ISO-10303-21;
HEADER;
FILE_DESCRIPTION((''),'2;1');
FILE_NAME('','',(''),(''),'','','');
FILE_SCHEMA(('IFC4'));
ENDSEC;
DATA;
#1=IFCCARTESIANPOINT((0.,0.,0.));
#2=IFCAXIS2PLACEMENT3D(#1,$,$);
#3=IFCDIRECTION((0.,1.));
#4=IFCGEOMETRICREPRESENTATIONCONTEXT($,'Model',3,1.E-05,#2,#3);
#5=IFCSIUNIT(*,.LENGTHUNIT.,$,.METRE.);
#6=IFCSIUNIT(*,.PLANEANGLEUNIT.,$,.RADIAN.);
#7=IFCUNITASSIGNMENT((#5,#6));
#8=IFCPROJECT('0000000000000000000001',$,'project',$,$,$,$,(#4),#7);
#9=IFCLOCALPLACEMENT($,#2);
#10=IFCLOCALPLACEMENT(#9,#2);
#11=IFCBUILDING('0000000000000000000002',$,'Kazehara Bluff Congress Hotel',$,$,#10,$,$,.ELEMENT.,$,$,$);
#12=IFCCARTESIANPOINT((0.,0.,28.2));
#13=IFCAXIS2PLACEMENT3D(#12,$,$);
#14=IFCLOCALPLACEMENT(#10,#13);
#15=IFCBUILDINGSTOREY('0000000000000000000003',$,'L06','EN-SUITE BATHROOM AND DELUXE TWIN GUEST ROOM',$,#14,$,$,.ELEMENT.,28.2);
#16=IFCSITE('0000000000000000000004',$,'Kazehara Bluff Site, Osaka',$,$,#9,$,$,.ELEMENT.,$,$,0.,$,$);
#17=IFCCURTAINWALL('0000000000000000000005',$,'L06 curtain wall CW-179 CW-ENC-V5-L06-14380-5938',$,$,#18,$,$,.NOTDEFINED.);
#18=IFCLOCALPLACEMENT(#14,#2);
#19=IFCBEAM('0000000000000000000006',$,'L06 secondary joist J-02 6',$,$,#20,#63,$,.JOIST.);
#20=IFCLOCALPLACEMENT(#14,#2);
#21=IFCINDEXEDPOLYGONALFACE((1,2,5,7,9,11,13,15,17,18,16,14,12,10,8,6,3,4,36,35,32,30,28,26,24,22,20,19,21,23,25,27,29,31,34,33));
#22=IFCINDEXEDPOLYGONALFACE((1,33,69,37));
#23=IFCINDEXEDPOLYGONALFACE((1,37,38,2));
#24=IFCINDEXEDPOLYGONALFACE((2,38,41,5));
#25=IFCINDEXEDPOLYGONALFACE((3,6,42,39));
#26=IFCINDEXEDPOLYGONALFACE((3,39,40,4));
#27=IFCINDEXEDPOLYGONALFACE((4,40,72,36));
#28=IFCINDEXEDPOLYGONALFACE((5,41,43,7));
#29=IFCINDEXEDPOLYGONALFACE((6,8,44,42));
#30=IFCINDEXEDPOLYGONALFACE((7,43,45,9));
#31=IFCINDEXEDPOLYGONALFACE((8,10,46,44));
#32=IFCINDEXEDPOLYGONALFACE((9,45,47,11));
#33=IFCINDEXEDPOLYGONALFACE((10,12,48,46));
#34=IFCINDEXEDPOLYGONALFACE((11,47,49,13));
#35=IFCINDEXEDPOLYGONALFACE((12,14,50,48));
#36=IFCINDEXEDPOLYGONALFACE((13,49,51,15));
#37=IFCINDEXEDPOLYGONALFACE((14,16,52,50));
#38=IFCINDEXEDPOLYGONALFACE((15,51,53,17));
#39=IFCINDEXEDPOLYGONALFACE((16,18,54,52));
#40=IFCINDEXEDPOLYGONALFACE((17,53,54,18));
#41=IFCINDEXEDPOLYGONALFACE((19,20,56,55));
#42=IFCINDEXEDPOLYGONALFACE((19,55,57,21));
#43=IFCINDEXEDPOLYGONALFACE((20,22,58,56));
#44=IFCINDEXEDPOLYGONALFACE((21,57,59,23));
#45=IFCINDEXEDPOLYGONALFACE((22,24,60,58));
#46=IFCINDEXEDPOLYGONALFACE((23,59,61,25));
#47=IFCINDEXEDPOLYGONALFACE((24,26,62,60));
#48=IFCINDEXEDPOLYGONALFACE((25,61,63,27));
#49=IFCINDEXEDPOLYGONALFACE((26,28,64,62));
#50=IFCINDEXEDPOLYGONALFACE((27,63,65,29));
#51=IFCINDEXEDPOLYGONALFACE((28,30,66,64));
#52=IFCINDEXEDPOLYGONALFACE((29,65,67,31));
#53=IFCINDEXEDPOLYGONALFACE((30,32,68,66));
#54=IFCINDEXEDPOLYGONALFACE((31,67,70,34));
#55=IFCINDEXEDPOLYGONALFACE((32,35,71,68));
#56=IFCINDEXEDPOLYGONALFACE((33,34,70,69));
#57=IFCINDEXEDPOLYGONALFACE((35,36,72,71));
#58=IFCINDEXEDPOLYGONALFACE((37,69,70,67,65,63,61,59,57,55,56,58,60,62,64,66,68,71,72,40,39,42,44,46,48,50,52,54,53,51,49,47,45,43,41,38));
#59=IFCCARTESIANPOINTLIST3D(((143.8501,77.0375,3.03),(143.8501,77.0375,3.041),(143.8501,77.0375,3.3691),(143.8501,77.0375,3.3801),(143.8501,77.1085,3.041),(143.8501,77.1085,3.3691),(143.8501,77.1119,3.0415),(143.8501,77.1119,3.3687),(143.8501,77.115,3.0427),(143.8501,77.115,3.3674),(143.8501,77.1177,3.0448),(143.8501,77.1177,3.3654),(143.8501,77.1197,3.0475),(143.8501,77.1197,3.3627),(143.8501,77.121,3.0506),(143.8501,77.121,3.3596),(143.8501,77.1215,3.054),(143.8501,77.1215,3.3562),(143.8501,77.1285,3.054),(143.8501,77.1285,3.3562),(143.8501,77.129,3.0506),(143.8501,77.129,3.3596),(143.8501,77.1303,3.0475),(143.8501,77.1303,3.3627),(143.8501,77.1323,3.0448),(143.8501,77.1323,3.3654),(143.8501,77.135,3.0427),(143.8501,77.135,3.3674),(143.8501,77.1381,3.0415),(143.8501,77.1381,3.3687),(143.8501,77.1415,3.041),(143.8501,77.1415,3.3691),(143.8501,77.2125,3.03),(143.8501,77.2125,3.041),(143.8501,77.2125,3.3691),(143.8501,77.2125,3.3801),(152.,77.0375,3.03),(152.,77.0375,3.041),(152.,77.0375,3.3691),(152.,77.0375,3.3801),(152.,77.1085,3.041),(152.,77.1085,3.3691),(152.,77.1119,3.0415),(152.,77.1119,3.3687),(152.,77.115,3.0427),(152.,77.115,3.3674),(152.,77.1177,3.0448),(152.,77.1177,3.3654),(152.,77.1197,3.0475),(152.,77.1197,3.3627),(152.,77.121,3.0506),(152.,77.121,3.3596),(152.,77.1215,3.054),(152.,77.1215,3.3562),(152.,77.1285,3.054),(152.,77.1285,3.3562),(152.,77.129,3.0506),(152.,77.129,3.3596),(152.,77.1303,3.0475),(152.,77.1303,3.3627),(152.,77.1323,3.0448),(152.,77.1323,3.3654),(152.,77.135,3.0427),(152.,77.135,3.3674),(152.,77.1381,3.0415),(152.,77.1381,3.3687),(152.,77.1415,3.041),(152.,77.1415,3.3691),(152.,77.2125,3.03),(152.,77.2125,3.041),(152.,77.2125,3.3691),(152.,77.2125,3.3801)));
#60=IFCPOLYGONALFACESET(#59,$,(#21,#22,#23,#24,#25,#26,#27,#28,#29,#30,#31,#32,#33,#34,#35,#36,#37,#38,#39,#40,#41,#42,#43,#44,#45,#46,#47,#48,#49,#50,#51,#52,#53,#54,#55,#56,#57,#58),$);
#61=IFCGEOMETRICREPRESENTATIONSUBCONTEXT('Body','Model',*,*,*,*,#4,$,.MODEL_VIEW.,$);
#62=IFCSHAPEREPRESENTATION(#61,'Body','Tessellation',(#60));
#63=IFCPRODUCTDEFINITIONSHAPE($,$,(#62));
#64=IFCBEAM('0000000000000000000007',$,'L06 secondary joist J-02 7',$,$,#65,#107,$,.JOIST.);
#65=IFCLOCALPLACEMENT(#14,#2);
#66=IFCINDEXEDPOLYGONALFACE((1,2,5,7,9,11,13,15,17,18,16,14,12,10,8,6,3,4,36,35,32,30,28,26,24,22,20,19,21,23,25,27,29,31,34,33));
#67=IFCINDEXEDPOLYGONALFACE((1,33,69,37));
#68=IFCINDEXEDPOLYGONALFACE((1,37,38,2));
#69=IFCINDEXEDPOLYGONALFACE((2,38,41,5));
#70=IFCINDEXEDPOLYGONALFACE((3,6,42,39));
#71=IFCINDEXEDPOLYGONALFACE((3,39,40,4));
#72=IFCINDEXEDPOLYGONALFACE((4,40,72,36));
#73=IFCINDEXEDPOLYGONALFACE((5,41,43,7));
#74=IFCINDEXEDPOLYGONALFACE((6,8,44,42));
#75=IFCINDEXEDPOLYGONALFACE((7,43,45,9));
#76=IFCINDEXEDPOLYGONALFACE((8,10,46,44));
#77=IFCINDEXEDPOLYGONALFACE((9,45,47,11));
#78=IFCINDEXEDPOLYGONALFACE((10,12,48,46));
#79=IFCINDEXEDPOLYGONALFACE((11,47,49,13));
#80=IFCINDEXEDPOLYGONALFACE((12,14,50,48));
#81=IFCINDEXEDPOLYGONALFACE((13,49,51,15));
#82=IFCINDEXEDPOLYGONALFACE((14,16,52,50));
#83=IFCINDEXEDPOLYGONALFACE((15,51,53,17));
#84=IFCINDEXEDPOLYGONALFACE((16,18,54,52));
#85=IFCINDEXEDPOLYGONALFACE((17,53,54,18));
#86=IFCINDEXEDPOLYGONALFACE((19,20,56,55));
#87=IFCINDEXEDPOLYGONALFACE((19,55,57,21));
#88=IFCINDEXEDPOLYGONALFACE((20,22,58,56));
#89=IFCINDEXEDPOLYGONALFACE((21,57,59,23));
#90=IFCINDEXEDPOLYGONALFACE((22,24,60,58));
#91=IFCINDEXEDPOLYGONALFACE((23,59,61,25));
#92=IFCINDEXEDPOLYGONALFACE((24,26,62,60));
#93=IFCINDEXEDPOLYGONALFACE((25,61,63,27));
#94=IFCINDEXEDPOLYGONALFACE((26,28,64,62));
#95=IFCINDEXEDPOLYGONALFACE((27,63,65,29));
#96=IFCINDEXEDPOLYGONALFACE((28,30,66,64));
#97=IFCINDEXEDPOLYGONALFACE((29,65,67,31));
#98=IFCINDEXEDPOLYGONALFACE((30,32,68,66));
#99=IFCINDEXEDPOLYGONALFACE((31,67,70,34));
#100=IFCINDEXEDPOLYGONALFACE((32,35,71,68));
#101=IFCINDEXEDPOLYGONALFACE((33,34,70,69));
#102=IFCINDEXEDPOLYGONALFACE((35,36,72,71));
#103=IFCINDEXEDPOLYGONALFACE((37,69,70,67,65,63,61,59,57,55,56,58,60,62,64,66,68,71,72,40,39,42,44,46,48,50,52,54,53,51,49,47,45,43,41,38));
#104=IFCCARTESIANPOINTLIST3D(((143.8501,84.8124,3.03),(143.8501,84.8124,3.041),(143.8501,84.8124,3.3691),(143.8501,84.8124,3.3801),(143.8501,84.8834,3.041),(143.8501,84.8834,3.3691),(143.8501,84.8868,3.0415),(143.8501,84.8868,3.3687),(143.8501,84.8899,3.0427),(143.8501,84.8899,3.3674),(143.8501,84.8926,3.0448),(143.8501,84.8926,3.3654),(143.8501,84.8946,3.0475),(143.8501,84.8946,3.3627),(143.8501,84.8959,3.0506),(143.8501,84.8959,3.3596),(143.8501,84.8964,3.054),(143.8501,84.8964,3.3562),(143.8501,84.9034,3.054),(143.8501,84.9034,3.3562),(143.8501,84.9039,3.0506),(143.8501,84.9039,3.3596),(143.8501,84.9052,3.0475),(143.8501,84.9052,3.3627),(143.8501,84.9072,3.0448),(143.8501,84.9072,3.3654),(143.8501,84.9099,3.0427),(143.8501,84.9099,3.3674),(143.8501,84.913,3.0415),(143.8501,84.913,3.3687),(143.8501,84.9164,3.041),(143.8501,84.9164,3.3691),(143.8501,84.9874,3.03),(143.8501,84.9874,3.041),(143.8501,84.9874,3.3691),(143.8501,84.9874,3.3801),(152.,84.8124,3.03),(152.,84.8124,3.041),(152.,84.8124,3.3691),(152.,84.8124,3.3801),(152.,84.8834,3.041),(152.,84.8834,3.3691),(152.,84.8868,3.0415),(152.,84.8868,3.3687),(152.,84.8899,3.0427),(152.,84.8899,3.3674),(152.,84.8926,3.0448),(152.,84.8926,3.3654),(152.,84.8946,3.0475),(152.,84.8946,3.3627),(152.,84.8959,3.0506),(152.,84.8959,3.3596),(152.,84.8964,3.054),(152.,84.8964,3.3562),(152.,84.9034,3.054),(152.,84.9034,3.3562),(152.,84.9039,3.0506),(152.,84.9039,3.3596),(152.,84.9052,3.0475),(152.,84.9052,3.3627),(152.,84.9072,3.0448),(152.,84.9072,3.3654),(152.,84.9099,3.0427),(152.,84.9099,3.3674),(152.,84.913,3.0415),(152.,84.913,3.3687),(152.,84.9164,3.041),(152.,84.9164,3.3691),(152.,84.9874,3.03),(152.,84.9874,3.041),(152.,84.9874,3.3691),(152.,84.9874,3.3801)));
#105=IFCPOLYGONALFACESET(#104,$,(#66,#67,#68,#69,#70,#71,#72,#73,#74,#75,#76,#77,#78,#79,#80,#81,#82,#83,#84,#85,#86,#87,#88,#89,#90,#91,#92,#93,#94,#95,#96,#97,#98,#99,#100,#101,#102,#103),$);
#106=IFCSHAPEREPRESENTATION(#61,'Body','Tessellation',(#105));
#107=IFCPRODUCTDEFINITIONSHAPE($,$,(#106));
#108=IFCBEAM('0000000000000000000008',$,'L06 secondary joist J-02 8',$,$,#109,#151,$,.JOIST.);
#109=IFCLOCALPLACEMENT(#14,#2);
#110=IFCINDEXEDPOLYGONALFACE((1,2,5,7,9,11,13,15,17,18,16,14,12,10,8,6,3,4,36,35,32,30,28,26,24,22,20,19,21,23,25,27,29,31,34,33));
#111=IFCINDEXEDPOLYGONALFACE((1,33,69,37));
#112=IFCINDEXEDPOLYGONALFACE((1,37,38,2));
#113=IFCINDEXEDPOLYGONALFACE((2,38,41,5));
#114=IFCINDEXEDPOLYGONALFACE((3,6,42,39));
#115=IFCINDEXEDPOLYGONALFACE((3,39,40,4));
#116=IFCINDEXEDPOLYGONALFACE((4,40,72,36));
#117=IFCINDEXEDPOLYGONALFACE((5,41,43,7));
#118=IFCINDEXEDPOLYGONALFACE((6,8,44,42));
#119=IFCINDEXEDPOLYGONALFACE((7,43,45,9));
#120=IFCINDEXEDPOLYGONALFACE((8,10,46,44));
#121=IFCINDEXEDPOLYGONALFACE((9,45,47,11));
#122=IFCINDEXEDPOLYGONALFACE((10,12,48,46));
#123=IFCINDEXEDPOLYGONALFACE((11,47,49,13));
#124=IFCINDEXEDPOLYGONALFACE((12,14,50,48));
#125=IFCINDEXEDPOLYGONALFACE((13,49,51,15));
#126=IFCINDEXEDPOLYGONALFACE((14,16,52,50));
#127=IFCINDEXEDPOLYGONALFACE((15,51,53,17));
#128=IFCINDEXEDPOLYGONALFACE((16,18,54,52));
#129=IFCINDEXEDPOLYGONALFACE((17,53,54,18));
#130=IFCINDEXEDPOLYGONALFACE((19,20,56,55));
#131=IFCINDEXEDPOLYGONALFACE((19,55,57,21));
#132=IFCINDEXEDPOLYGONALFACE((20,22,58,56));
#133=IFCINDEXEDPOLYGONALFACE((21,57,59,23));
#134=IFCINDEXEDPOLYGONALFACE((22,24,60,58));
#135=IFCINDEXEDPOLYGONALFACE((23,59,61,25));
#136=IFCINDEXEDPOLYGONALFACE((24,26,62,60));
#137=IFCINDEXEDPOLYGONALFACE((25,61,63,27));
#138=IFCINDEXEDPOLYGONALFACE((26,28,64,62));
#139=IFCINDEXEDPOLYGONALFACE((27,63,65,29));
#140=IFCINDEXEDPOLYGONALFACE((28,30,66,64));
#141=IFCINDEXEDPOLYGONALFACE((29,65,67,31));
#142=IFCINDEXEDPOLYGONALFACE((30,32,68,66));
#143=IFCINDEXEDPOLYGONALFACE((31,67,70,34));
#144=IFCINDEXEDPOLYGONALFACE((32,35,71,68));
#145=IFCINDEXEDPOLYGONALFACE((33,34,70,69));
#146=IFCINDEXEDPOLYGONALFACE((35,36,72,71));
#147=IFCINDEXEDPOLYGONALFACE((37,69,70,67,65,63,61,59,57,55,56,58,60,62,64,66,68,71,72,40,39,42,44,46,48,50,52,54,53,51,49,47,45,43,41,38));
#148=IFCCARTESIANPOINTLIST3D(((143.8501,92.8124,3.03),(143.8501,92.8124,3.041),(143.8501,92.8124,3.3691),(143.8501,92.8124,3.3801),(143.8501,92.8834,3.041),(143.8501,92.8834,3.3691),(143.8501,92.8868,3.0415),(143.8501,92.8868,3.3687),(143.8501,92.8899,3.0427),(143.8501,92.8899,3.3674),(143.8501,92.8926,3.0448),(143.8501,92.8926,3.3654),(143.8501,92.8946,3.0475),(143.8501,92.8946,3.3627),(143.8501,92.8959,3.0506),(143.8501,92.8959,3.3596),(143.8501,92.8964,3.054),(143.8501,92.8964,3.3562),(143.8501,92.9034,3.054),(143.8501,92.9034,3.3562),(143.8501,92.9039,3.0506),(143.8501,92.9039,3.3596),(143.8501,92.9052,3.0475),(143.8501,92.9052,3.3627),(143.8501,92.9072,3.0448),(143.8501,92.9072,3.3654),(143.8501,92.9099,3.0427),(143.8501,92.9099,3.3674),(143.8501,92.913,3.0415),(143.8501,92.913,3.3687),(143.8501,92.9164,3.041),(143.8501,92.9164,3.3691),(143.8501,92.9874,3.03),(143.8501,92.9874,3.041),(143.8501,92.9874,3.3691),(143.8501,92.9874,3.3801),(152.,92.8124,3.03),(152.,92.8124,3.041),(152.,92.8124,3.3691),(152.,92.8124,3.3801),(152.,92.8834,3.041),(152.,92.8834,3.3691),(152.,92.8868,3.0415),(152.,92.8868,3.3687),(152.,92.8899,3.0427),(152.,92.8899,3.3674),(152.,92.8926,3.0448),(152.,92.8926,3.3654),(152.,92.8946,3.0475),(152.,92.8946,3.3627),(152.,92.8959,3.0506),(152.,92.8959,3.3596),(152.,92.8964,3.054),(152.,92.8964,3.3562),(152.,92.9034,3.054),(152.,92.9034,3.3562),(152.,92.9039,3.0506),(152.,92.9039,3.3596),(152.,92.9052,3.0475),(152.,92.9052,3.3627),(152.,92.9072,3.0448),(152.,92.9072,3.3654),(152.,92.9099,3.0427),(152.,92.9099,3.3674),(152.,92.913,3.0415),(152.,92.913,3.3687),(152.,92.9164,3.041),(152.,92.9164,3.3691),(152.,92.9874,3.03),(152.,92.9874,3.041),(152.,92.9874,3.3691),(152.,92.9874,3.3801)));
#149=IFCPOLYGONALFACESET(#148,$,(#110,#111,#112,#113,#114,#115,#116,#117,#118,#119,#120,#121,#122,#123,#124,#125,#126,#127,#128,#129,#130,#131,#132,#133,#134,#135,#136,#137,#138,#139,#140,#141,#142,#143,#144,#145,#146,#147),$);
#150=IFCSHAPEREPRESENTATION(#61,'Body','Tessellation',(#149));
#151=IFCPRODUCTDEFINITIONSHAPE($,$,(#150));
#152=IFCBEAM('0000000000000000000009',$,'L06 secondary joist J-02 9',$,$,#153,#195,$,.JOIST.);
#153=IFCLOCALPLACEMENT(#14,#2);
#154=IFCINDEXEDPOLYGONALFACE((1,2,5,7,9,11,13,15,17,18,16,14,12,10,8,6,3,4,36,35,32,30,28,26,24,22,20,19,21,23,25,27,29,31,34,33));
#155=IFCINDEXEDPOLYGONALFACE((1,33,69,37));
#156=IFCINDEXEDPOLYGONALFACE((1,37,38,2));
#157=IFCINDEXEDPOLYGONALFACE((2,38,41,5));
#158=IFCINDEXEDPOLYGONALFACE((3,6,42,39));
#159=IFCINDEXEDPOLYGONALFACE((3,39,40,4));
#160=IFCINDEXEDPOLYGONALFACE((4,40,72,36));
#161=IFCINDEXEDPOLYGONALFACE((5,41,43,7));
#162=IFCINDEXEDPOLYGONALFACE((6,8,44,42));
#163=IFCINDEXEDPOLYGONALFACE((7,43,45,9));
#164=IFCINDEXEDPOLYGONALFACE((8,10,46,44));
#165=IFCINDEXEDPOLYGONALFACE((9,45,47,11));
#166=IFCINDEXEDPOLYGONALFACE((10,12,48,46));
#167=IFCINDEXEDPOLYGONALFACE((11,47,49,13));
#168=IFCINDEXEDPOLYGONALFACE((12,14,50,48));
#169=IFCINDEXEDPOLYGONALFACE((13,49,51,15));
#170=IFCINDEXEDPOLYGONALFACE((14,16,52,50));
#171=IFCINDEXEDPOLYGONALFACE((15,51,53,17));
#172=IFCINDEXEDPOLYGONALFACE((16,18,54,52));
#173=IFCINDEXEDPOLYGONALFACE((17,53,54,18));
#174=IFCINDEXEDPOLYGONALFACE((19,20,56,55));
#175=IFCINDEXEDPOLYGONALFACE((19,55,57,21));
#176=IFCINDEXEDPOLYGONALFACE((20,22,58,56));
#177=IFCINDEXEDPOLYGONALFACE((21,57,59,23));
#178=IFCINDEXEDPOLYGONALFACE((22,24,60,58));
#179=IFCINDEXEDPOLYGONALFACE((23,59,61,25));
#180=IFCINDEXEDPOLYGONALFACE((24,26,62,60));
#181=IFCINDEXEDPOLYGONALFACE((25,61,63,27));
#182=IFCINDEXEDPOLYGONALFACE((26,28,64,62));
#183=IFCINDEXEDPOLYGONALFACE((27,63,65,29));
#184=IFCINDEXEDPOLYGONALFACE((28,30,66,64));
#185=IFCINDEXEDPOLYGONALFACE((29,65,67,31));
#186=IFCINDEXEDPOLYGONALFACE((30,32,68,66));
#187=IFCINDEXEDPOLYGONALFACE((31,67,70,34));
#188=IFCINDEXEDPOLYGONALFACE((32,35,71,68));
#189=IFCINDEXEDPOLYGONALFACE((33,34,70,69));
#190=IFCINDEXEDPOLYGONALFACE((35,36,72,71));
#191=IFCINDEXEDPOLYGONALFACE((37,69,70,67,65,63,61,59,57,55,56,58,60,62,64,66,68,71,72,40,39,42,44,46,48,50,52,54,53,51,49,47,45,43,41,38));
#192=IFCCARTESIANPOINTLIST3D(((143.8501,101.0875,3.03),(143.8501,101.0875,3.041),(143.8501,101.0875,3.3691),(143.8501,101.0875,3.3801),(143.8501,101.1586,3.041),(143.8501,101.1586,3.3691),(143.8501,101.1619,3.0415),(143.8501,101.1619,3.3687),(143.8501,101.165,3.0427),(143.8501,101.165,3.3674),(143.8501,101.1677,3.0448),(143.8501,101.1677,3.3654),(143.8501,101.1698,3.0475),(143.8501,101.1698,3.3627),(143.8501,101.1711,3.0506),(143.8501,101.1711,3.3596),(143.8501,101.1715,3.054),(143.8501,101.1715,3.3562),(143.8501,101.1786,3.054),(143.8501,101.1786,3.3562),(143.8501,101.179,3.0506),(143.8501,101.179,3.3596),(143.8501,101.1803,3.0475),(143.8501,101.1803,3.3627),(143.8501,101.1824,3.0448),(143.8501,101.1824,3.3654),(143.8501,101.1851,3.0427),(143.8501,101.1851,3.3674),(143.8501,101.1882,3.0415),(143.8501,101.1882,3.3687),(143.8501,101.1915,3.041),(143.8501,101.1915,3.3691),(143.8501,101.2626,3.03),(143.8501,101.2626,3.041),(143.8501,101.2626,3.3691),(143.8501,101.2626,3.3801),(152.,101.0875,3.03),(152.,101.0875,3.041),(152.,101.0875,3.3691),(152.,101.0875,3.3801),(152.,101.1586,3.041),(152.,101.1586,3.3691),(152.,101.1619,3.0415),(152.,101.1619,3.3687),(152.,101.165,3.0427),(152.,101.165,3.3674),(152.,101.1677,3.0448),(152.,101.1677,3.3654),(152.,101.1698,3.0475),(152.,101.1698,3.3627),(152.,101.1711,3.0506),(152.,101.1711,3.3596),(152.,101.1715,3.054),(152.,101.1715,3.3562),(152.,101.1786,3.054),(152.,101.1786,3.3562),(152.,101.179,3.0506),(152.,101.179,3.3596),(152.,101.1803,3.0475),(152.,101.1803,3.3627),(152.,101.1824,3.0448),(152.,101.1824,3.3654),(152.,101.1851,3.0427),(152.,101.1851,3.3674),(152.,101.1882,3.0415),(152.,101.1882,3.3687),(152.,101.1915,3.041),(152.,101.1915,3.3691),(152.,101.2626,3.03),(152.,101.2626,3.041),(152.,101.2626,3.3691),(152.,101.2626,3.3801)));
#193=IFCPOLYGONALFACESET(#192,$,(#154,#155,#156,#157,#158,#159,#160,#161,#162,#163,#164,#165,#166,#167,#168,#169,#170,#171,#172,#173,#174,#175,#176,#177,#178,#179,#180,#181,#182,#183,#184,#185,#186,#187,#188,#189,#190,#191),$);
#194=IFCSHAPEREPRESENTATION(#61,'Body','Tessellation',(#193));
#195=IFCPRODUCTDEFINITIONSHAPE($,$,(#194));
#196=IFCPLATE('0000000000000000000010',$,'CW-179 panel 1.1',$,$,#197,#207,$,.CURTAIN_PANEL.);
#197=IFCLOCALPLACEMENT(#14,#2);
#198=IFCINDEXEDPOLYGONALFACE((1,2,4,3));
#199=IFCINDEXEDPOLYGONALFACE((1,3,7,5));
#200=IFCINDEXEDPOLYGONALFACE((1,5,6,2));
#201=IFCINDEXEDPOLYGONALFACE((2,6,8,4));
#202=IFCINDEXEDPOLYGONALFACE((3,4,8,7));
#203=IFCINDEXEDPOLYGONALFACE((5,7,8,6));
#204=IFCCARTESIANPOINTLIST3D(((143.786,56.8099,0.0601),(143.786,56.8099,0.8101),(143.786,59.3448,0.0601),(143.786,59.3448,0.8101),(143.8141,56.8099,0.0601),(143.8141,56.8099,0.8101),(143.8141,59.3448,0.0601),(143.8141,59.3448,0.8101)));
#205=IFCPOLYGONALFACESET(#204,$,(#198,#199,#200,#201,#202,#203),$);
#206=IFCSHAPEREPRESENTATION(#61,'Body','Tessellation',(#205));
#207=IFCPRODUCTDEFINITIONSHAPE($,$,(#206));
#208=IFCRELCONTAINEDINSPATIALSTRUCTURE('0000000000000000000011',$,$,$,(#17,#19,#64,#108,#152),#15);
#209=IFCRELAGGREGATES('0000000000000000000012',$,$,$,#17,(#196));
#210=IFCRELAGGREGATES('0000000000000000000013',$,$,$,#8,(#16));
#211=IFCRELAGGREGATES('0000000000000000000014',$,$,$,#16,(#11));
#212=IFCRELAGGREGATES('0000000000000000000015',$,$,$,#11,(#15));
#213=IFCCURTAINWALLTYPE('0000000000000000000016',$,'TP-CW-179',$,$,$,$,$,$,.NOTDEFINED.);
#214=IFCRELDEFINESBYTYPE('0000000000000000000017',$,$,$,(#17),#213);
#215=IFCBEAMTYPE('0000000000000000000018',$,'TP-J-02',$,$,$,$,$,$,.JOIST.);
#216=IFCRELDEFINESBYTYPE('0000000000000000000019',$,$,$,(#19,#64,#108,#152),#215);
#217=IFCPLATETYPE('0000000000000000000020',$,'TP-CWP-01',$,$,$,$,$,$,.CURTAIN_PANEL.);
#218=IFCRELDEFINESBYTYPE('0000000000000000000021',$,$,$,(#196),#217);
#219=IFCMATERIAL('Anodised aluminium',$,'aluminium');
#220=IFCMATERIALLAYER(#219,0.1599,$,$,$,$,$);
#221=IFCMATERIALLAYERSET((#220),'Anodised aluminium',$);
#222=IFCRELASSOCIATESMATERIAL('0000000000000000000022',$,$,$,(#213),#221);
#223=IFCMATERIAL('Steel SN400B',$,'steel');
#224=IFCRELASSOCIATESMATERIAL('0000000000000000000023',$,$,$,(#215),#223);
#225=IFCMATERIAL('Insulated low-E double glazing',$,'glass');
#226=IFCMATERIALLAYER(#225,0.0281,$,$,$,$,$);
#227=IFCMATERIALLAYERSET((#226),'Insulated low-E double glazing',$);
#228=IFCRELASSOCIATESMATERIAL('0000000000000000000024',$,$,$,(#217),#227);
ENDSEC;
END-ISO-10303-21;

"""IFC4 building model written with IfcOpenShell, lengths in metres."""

from ifc_helpers import new_model, si_unit, direction, frame, origin, origin_2d, place, context, subcontext, project, spatial, rectangle, i_section, extrude, material, layer, layer_set, material_profile, profile_set, type_object, element, aggregate, save


model = new_model("IFC4")

# Units and contexts
model_context = context("Model", 3, precision=1e-05, world=origin(), true_north=direction((0.0, 1.0)))
body_context = subcontext(model_context, "Body", "Model", "MODEL_VIEW")
ifc_project = project(units=[si_unit("LENGTHUNIT", "METRE"), si_unit("PLANEANGLEUNIT", "RADIAN")], contexts=[model_context])

# Site, building, storey
site_placement = place(None, origin())
site = spatial("IfcSite", under=ifc_project, at=site_placement, Name="Kazehara Bluff Site, Osaka", CompositionType="ELEMENT", RefElevation=0.0)
building_placement = place(site_placement, origin())
building = spatial("IfcBuilding", under=site, at=building_placement, Name="Kazehara Bluff Congress Hotel", CompositionType="ELEMENT")
storey_placement = place(building_placement, frame((0.0, 0.0, 28.2)))
storey = spatial("IfcBuildingStorey", under=building, at=storey_placement, Name="L06", Description="EN-SUITE BATHROOM AND DELUXE TWIN GUEST ROOM", CompositionType="ELEMENT", Elevation=28.2)

# Curtain wall
ifc_material_1 = material(Name="Anodised aluminium", Category="aluminium")
ifc_layer_1 = layer(ifc_material_1, 0.1599)
ifc_layer_set_1 = layer_set([ifc_layer_1], Name="Anodised aluminium")
curtain_wall_type = type_object("IfcCurtainWallType", Name="TP-CW-179", PredefinedType="NOTDEFINED", material=ifc_layer_set_1)
curtain_wall_placement = place(storey_placement, origin())
curtain_wall = element("IfcCurtainWall", 1, at=curtain_wall_placement, inside=storey, type_object=curtain_wall_type, Name="L06 curtain wall CW-179 CW-ENC-V5-L06-14380-5938", PredefinedType="NOTDEFINED")

# Beams
ifc_material_2 = material(Name="Steel SN400B", Category="steel")
ifc_material_profile_1 = material_profile(ifc_material_2, i_section(OverallWidth=0.175, OverallDepth=0.3501, WebThickness=0.0071, FlangeThickness=0.011, FilletRadius=0.0129, at=origin_2d()))
ifc_profile_set_1 = profile_set([ifc_material_profile_1], Name="Steel SN400B")
beam_type = type_object("IfcBeamType", Name="TP-J-02", PredefinedType="JOIST", material=ifc_profile_set_1)
for number, where, z_axis, x_axis, name in (
    (2, (143.8501, 77.125, 3.2051), (1.0, 0.0, 0.0), (0.0, 1.0, 0.0), "L06 secondary joist J-02 6"),
    (3, (143.8501, 84.8999, 3.2051), (1.0, 0.0, 0.0), (0.0, 1.0, 0.0), "L06 secondary joist J-02 7"),
    (4, (143.8501, 92.8999, 3.2051), (1.0, 0.0, 0.0), (0.0, 1.0, 0.0), "L06 secondary joist J-02 8"),
    (5, (143.8501, 101.175, 3.2051), (1.0, 0.0, 0.0), (0.0, 1.0, 0.0), "L06 secondary joist J-02 9"),
):
    element("IfcBeam", number, at=place(storey_placement, frame(where, z_axis=z_axis, x_axis=x_axis)), inside=storey, type_object=beam_type, Name=name, PredefinedType="JOIST", context=body_context, shape_type="SweptSolid", body=[
        extrude(i_section(OverallWidth=0.175, OverallDepth=0.3501, WebThickness=0.0071, FlangeThickness=0.011, FilletRadius=0.0129, at=origin_2d()), origin(), (0.0, 0.0, 1.0), 8.1499),
    ])

# Plate
ifc_material_3 = material(Name="Insulated low-E double glazing", Category="glass")
ifc_layer_2 = layer(ifc_material_3, 0.0281)
ifc_layer_set_2 = layer_set([ifc_layer_2], Name="Insulated low-E double glazing")
plate_type = type_object("IfcPlateType", Name="TP-CWP-01", PredefinedType="CURTAIN_PANEL", material=ifc_layer_set_2)
plate_1_placement = place(storey_placement, frame((143.8, 58.0774, 0.0601), z_axis=(0.0, 0.0, 1.0), x_axis=(0.0, 1.0, 0.0)))
plate_1 = element("IfcPlate", 6, at=plate_1_placement, type_object=plate_type, Name="CW-179 panel 1.1", PredefinedType="CURTAIN_PANEL", context=body_context, shape_type="SweptSolid", body=[
    extrude(rectangle(XDim=2.5349, YDim=0.0281, at=origin_2d()), origin(), (0.0, 0.0, 1.0), 0.75),
])
aggregate(curtain_wall, [plate_1])

save(model, "model.ifc")
